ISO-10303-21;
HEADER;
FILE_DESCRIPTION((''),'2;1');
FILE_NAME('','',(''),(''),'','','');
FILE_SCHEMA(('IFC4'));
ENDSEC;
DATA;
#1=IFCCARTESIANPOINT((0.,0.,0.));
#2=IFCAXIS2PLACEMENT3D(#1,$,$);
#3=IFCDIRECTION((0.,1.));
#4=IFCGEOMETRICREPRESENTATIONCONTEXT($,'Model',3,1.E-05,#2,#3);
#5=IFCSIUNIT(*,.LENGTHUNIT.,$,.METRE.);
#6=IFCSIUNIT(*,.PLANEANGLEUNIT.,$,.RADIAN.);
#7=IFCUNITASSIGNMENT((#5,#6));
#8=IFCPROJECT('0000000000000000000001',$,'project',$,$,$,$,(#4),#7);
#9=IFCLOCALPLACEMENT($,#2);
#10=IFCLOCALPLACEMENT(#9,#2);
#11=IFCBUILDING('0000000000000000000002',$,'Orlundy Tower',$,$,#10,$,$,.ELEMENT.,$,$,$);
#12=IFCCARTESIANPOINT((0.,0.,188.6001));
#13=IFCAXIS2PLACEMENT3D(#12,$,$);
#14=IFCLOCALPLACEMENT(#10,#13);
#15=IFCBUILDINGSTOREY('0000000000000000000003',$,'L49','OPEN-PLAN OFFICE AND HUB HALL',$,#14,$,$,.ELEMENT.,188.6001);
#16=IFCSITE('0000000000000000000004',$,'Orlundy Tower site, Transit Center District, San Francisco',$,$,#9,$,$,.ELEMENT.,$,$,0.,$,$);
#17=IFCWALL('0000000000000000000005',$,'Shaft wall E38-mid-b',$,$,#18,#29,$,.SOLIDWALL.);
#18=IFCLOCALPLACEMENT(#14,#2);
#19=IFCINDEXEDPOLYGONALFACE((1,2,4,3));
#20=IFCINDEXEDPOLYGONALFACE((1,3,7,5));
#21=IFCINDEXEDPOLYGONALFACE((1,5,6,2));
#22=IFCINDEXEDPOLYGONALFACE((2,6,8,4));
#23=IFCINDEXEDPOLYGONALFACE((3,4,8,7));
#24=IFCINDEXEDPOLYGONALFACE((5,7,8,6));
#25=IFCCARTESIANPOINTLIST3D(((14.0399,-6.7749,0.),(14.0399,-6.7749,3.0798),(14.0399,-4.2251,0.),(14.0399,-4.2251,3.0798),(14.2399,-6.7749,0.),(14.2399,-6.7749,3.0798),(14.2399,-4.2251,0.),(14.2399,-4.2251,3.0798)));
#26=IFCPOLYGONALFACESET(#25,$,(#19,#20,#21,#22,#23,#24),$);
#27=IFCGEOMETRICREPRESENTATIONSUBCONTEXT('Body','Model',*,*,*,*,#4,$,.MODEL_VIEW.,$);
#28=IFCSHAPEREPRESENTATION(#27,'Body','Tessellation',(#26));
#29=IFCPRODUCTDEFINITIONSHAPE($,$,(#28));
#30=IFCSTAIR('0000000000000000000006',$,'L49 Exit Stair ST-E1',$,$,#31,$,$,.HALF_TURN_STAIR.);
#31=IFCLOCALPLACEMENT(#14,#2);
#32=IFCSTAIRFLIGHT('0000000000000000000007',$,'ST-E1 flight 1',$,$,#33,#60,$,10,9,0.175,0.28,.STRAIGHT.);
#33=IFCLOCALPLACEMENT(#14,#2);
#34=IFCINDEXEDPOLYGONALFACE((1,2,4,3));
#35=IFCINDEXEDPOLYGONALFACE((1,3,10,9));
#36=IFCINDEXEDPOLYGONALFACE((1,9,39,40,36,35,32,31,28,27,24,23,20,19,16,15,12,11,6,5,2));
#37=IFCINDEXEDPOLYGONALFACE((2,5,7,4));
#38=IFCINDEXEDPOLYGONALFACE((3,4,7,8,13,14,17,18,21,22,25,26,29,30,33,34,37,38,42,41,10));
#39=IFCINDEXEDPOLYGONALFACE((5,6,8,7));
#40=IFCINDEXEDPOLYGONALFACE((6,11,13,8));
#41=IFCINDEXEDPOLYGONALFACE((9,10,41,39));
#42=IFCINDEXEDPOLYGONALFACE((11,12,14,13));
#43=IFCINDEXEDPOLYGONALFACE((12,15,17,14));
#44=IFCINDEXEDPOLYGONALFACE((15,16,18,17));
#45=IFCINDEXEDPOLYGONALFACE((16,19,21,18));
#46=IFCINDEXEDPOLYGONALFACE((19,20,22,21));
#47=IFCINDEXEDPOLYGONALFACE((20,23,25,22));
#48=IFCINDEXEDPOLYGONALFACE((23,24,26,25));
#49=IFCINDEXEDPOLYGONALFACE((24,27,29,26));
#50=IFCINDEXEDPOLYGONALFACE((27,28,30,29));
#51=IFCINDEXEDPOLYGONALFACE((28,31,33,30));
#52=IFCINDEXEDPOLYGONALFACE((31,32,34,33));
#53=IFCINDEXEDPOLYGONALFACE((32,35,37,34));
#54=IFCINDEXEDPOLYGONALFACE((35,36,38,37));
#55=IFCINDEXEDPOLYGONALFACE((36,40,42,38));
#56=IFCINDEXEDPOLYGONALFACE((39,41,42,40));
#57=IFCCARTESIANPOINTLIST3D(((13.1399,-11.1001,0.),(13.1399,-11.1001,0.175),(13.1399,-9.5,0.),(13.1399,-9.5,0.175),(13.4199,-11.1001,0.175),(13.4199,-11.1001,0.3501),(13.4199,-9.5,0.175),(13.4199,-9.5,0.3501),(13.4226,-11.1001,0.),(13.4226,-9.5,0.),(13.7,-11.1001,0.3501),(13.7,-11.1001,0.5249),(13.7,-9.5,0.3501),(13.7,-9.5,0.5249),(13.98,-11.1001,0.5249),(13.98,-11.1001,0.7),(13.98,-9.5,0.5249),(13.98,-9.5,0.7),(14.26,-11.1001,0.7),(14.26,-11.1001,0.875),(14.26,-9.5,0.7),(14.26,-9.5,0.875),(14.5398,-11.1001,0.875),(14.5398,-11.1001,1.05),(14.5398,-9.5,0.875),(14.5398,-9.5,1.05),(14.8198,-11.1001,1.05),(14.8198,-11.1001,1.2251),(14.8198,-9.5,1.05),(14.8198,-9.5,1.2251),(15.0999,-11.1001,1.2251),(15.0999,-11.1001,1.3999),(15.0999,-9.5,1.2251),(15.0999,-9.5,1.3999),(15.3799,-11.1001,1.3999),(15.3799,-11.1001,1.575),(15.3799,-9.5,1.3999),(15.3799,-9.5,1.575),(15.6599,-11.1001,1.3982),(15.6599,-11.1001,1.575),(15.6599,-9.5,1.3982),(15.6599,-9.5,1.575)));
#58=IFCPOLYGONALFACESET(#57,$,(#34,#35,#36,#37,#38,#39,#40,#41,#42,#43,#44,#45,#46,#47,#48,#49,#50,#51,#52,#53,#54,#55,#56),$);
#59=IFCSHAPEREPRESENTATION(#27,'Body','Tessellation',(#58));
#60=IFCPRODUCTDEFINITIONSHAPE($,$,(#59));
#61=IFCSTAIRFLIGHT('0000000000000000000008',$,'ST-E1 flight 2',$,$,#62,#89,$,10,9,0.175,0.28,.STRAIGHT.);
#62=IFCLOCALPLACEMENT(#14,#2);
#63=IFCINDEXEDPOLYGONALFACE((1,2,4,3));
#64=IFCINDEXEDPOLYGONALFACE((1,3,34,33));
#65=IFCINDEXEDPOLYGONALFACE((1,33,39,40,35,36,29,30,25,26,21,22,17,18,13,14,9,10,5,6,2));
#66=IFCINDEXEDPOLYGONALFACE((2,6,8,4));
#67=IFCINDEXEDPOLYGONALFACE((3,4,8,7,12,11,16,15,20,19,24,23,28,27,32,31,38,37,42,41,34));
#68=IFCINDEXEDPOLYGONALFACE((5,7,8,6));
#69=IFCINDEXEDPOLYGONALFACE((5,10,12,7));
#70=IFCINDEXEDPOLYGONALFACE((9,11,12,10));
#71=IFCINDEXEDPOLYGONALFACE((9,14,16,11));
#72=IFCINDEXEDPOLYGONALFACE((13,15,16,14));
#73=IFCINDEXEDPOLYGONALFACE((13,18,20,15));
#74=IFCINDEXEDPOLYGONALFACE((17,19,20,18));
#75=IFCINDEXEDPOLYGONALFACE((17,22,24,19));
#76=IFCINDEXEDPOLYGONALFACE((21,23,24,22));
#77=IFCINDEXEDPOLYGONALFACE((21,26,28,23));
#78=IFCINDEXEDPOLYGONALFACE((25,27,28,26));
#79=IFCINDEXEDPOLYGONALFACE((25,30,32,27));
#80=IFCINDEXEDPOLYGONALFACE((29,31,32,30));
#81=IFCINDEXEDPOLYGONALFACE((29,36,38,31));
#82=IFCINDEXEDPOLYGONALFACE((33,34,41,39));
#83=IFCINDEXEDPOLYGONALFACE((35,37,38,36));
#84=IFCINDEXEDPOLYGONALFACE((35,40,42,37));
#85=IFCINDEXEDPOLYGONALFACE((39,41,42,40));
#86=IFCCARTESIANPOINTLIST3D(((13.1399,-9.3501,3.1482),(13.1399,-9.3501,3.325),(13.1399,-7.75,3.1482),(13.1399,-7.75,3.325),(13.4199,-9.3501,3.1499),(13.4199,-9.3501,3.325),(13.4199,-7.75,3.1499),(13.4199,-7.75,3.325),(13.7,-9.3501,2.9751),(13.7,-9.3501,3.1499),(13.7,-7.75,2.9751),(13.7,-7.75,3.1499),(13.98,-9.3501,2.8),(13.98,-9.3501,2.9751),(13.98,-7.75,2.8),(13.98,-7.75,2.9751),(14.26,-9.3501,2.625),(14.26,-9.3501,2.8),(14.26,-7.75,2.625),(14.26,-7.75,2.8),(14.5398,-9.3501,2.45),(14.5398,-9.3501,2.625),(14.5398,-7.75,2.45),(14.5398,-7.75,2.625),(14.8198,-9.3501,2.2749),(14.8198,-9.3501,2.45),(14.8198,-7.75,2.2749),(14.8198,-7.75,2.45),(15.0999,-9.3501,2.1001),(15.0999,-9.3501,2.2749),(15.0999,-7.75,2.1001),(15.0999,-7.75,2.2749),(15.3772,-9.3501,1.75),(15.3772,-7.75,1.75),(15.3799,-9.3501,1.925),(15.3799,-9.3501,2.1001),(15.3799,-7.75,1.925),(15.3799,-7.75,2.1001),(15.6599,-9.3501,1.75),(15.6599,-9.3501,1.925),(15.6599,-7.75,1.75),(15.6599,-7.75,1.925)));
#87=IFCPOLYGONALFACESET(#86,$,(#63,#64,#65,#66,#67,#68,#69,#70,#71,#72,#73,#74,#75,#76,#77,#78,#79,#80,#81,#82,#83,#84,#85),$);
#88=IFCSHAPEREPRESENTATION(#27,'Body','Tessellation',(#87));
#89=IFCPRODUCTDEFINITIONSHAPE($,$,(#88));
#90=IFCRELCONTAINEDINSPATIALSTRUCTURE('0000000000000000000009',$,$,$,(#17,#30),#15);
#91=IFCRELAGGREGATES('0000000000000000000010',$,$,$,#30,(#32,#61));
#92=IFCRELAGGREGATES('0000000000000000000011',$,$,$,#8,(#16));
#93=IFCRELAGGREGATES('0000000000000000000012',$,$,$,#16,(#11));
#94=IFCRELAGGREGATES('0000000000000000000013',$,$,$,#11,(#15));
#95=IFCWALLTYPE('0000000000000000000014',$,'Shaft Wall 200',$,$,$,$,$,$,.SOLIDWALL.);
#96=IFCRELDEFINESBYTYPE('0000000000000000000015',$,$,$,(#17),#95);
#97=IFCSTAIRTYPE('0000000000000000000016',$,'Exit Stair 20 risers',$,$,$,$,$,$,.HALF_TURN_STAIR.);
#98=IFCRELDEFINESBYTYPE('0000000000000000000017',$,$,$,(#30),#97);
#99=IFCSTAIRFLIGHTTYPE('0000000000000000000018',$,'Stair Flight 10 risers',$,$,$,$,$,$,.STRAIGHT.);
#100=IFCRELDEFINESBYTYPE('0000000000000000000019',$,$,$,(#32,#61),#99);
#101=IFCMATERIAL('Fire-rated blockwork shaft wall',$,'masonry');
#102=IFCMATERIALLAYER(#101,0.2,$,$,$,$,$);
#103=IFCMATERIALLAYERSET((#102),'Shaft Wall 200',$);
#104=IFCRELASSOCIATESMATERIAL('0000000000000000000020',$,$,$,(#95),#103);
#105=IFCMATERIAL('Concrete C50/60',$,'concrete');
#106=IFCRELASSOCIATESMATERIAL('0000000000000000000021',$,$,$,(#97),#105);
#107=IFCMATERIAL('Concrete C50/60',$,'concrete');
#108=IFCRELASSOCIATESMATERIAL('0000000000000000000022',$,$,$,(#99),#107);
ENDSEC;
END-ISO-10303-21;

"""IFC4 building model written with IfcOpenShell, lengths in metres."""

from ifc_helpers import new_model, si_unit, direction, frame, frame_2d, origin, place, context, subcontext, project, spatial, polyline, rectangle, outline, extrude, material, layer, layer_set, type_object, element, aggregate, save


model = new_model("IFC4")

# Units and contexts
model_context = context("Model", 3, precision=1e-05, world=origin(), true_north=direction((0.0, 1.0)))
body_context = subcontext(model_context, "Body", "Model", "MODEL_VIEW")
ifc_project = project(units=[si_unit("LENGTHUNIT", "METRE"), si_unit("PLANEANGLEUNIT", "RADIAN")], contexts=[model_context])

# Site, building, storey
site_placement = place(None, origin())
site = spatial("IfcSite", under=ifc_project, at=site_placement, Name="Orlundy Tower site, Transit Center District, San Francisco", CompositionType="ELEMENT", RefElevation=0.0)
building_placement = place(site_placement, origin())
building = spatial("IfcBuilding", under=site, at=building_placement, Name="Orlundy Tower", CompositionType="ELEMENT")
storey_placement = place(building_placement, frame((0.0, 0.0, 188.6001)))
storey = spatial("IfcBuildingStorey", under=building, at=storey_placement, Name="L49", Description="OPEN-PLAN OFFICE AND HUB HALL", CompositionType="ELEMENT", Elevation=188.6001)

# Wall
ifc_material_1 = material(Name="Fire-rated blockwork shaft wall", Category="masonry")
ifc_layer_1 = layer(ifc_material_1, 0.2)
ifc_layer_set_1 = layer_set([ifc_layer_1], Name="Shaft Wall 200")
wall_type_1 = type_object("IfcWallType", Name="Shaft Wall 200", PredefinedType="SOLIDWALL", material=ifc_layer_set_1)
wall_1_placement = place(storey_placement, frame((14.1399, -4.2251, 0.0), z_axis=(0.0, 0.0, 1.0), x_axis=(0.0, -1.0, 0.0)))
element("IfcWall", 1, at=wall_1_placement, inside=storey, type_object=wall_type_1, Name="Shaft wall E38-mid-b", PredefinedType="SOLIDWALL", context=body_context, shape_type="SweptSolid", body=[
    extrude(rectangle(XDim=2.5498, YDim=0.2, at=frame_2d((1.2749, 0.0))), origin(), (0.0, 0.0, 1.0), 3.0798),
])

# Stair, stair flights
ifc_material_2 = material(Name="Concrete C50/60", Category="concrete")
stair_type = type_object("IfcStairType", Name="Exit Stair 20 risers", PredefinedType="HALF_TURN_STAIR", material=ifc_material_2)
stair_placement = place(storey_placement, origin())
stair = element("IfcStair", 2, at=stair_placement, inside=storey, type_object=stair_type, Name="L49 Exit Stair ST-E1", PredefinedType="HALF_TURN_STAIR")
ifc_material_3 = material(Name="Concrete C50/60", Category="concrete")
stair_flight_type = type_object("IfcStairFlightType", Name="Stair Flight 10 risers", PredefinedType="STRAIGHT", material=ifc_material_3)
stair_flight_1_placement = place(storey_placement, frame((13.1399, -10.3, 0.0), z_axis=(0.0, 0.0, 1.0), x_axis=(1.0, 0.0, 0.0)))
stair_flight_1 = element("IfcStairFlight", 3, at=stair_flight_1_placement, type_object=stair_flight_type, Name="ST-E1 flight 1", NumberOfRisers=10, NumberOfTreads=9, PredefinedType="STRAIGHT", RiserHeight=0.175, TreadLength=0.28, context=body_context, shape_type="SweptSolid", body=[
    extrude(outline(polyline([(0.0, 0.0), (0.0, 0.175), (0.28, 0.175), (0.28, 0.3501), (0.5601, 0.3501), (0.5601, 0.5249), (0.8401, 0.5249), (0.8401, 0.7), (1.1201, 0.7), (1.1201, 0.875), (1.3999, 0.875), (1.3999, 1.05), (1.6799, 1.05), (1.6799, 1.2251), (1.96, 1.2251), (1.96, 1.3999), (2.24, 1.3999), (2.24, 1.575), (2.52, 1.575), (2.52, 1.75), (2.52, 1.3982), (0.2827, 0.0), (0.0, 0.0)])), frame((0.0, 0.8, 0.0), z_axis=(0.0, -1.0, 0.0), x_axis=(1.0, 0.0, 0.0)), (0.0, 0.0, 1.0), 1.6001),
])
stair_flight_2_placement = place(storey_placement, frame((15.6599, -8.55, 1.75), z_axis=(0.0, 0.0, 1.0), x_axis=(-1.0, 0.0, 0.0)))
stair_flight_2 = element("IfcStairFlight", 4, at=stair_flight_2_placement, type_object=stair_flight_type, Name="ST-E1 flight 2", NumberOfRisers=10, NumberOfTreads=9, PredefinedType="STRAIGHT", RiserHeight=0.175, TreadLength=0.28, context=body_context, shape_type="SweptSolid", body=[
    extrude(outline(polyline([(0.0, 0.0), (0.0, 0.175), (0.28, 0.175), (0.28, 0.3501), (0.5601, 0.3501), (0.5601, 0.5249), (0.8401, 0.5249), (0.8401, 0.7), (1.1201, 0.7), (1.1201, 0.875), (1.3999, 0.875), (1.3999, 1.05), (1.6799, 1.05), (1.6799, 1.2251), (1.96, 1.2251), (1.96, 1.3999), (2.24, 1.3999), (2.24, 1.575), (2.52, 1.575), (2.52, 1.75), (2.52, 1.3982), (0.2827, 0.0), (0.0, 0.0)])), frame((0.0, 0.8, 0.0), z_axis=(0.0, -1.0, 0.0), x_axis=(1.0, 0.0, 0.0)), (0.0, 0.0, 1.0), 1.6001),
])
aggregate(stair, [stair_flight_1, stair_flight_2])

save(model, "model.ifc")
